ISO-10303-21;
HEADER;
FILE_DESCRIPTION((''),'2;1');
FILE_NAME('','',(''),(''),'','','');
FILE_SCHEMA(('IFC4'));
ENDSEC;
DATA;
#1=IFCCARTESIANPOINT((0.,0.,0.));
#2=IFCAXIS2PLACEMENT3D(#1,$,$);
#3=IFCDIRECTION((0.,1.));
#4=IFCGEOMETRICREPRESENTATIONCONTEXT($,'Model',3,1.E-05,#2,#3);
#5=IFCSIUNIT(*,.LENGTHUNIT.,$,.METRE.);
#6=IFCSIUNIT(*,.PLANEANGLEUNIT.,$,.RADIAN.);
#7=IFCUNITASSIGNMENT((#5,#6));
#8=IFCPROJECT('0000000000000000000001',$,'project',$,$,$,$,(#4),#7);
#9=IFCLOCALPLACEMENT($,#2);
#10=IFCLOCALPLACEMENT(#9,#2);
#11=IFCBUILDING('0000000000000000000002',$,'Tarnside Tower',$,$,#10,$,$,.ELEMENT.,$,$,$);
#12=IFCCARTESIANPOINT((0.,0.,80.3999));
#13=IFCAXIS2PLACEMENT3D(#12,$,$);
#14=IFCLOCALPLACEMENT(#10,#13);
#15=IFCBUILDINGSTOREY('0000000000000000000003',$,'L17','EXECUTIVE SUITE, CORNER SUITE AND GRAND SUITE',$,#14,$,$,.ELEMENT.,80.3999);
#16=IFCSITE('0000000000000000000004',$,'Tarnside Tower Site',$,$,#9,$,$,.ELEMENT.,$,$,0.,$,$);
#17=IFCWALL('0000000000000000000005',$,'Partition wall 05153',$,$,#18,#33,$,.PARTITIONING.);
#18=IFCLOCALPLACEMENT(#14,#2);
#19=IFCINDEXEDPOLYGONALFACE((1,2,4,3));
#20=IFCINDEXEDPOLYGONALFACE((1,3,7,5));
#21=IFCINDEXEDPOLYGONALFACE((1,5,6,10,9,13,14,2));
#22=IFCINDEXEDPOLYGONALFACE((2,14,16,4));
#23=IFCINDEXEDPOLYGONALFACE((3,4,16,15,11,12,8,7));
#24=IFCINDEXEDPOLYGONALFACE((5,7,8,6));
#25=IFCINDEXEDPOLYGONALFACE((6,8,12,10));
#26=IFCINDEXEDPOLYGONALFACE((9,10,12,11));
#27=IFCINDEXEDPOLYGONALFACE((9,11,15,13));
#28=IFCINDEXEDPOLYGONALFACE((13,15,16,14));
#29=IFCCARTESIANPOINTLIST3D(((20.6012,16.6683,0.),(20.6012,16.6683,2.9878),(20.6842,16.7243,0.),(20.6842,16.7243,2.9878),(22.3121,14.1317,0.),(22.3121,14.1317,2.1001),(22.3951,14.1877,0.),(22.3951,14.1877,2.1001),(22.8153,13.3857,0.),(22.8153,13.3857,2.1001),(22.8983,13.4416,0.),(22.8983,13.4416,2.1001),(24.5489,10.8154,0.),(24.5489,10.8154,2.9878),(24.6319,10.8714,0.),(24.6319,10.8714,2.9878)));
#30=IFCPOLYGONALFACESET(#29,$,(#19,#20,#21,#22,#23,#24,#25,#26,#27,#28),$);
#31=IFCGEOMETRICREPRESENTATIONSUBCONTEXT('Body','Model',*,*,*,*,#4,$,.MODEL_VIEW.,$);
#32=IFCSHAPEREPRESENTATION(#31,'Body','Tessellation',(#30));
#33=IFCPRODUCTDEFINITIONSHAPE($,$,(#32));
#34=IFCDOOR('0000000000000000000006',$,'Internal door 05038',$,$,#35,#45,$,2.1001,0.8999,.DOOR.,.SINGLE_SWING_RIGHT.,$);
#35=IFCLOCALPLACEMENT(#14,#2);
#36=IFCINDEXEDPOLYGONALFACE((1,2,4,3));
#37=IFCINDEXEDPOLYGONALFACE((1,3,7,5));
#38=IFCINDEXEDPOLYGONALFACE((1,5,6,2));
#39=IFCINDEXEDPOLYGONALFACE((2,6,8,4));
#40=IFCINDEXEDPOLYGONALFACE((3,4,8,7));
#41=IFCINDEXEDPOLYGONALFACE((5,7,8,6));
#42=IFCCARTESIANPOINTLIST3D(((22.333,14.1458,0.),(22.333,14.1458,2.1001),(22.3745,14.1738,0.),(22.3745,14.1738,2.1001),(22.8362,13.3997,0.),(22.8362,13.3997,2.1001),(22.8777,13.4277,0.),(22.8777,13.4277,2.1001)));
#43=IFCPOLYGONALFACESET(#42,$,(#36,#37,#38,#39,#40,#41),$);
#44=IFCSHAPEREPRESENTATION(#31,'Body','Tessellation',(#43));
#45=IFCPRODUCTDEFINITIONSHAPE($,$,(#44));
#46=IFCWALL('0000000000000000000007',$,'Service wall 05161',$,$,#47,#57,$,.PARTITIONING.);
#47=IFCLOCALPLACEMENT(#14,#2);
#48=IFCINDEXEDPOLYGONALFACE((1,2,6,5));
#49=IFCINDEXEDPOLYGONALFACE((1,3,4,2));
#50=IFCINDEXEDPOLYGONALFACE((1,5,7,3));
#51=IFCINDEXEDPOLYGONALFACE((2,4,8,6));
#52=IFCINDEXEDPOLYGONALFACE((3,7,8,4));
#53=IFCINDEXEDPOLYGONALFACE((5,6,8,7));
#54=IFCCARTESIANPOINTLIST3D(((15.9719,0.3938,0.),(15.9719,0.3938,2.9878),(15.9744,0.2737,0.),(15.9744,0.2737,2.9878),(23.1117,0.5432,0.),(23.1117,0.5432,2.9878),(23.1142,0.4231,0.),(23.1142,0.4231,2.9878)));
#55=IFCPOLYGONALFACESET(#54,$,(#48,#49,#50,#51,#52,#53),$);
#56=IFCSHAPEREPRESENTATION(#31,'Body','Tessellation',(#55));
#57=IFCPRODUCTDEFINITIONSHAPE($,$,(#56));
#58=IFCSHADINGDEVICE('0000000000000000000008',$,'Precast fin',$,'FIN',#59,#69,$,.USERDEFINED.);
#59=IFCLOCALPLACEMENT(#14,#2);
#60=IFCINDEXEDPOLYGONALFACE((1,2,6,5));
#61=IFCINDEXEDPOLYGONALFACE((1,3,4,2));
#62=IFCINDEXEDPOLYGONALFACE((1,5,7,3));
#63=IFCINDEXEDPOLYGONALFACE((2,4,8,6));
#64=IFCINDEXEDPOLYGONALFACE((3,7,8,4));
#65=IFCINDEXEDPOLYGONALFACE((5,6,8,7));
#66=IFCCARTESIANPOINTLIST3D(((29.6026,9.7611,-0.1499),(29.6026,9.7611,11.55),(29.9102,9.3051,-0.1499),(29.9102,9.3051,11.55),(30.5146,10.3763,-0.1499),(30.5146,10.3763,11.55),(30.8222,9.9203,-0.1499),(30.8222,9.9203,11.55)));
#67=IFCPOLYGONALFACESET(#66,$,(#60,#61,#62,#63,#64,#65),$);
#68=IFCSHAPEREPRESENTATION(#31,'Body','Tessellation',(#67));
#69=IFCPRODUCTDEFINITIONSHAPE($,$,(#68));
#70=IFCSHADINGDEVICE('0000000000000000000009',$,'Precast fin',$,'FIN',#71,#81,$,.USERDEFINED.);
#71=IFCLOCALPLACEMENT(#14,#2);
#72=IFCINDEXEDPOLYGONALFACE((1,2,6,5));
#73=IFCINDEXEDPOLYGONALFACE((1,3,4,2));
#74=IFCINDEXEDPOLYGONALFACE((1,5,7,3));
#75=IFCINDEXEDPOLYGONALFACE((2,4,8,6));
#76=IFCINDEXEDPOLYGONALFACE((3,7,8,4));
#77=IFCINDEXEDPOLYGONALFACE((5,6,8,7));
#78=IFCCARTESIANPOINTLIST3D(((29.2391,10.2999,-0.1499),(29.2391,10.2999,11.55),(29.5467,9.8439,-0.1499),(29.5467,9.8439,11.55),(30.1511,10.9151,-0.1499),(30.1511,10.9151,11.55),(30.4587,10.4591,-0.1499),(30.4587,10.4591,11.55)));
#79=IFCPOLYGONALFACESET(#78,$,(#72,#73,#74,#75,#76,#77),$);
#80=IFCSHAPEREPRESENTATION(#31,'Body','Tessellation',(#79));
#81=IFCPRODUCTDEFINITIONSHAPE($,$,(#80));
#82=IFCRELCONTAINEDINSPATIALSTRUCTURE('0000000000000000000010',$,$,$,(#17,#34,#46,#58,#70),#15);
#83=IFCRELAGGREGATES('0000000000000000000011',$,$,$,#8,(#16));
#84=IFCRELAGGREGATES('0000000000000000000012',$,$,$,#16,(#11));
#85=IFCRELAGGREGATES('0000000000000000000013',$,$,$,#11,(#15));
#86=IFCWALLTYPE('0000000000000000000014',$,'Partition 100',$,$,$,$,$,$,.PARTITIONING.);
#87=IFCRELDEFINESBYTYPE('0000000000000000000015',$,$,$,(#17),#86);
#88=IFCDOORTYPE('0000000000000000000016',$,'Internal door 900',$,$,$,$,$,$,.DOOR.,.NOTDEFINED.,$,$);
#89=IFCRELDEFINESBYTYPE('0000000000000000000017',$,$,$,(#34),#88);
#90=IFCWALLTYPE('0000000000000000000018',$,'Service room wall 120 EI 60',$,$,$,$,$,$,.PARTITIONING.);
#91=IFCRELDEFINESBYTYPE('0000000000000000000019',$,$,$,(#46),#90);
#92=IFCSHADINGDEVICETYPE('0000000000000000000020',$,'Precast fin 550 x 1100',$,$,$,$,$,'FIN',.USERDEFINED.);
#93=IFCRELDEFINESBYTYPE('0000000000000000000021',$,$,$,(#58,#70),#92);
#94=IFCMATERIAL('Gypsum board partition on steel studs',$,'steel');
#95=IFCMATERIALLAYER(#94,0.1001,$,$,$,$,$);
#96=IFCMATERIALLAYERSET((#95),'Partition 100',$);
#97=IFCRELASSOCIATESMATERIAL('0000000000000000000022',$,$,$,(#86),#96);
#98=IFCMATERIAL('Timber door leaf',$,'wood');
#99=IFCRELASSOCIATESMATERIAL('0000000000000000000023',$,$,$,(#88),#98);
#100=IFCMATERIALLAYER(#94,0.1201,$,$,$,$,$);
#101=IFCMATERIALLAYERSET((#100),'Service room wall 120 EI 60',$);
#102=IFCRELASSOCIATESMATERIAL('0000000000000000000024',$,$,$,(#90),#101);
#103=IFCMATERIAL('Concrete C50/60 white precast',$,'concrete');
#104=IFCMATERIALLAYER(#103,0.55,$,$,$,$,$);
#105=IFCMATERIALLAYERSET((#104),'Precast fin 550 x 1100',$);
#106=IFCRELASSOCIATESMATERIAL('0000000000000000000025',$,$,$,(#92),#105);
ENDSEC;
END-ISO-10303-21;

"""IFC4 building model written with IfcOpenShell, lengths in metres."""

from ifc_helpers import new_model, si_unit, direction, frame, frame_2d, origin, place, context, subcontext, project, spatial, polyline, rectangle, outline, extrude, material, layer, layer_set, type_object, element, fill, save


model = new_model("IFC4")

# Units and contexts
model_context = context("Model", 3, precision=1e-05, world=origin(), true_north=direction((0.0, 1.0)))
body_context = subcontext(model_context, "Body", "Model", "MODEL_VIEW")
ifc_project = project(units=[si_unit("LENGTHUNIT", "METRE"), si_unit("PLANEANGLEUNIT", "RADIAN")], contexts=[model_context])

# Site, building, storey
site_placement = place(None, origin())
site = spatial("IfcSite", under=ifc_project, at=site_placement, Name="Tarnside Tower Site", CompositionType="ELEMENT", RefElevation=0.0)
building_placement = place(site_placement, origin())
building = spatial("IfcBuilding", under=site, at=building_placement, Name="Tarnside Tower", CompositionType="ELEMENT")
storey_placement = place(building_placement, frame((0.0, 0.0, 80.3999)))
storey = spatial("IfcBuildingStorey", under=building, at=storey_placement, Name="L17", Description="EXECUTIVE SUITE, CORNER SUITE AND GRAND SUITE", CompositionType="ELEMENT", Elevation=80.3999)

# Shared definitions
ifc_material_1 = material(Name="Gypsum board partition on steel studs", Category="steel")
ifc_material_2 = material(Name="Timber door leaf", Category="wood")

# Wall, opening, door
ifc_layer_1 = layer(ifc_material_1, 0.1001)
ifc_layer_set_1 = layer_set([ifc_layer_1], Name="Partition 100")
wall_type_1 = type_object("IfcWallType", Name="Partition 100", PredefinedType="PARTITIONING", material=ifc_layer_set_1)
wall_1_placement = place(storey_placement, frame((24.5903, 10.8435, 0.0), z_axis=(0.0, 0.0, 1.0), x_axis=(-0.559177, 0.829048, 0.0)))
wall_1 = element("IfcWall", 1, at=wall_1_placement, inside=storey, type_object=wall_type_1, Name="Partition wall 05153", PredefinedType="PARTITIONING", context=body_context, shape_type="SweptSolid", body=[
    extrude(rectangle(XDim=7.0598, YDim=0.1001, at=frame_2d((3.5298, 0.0))), origin(), (0.0, 0.0, 1.0), 2.9878),
])
opening_1_placement = place(wall_1_placement, frame((3.1001, 0.0, 0.0)))
opening_1 = element("IfcOpeningElement", 2, at=opening_1_placement, cuts=wall_1, PredefinedType="OPENING", context=body_context, shape_type="SweptSolid", body=[
    extrude(rectangle(XDim=0.8999, YDim=2.1001, at=frame_2d((0.45, 1.05))), frame((0.0, 0.0601, 0.0), z_axis=(0.0, -1.0, 0.0), x_axis=(1.0, 0.0, 0.0)), (0.0, 0.0, 1.0), 0.1201),
])
door_type_1 = type_object("IfcDoorType", Name="Internal door 900", OperationType="NOTDEFINED", PredefinedType="DOOR", material=ifc_material_2)
door_1_placement = place(opening_1_placement, origin())
door_1 = element("IfcDoor", 3, at=door_1_placement, inside=storey, type_object=door_type_1, Name="Internal door 05038", OperationType="SINGLE_SWING_RIGHT", OverallHeight=2.1001, OverallWidth=0.8999, PredefinedType="DOOR", context=body_context, shape_type="SweptSolid", body=[
    extrude(rectangle(XDim=0.8999, YDim=2.1001, at=frame_2d((0.45, 1.05))), frame((0.0, 0.0249, 0.0), z_axis=(0.0, -1.0, 0.0), x_axis=(1.0, 0.0, 0.0)), (0.0, 0.0, 1.0), 0.05),
])
fill(opening_1, door_1)

# Wall
ifc_layer_2 = layer(ifc_material_1, 0.1201)
ifc_layer_set_2 = layer_set([ifc_layer_2], Name="Service room wall 120 EI 60")
wall_type_2 = type_object("IfcWallType", Name="Service room wall 120 EI 60", PredefinedType="PARTITIONING", material=ifc_layer_set_2)
wall_2_placement = place(storey_placement, frame((23.113, 0.4832, 0.0), z_axis=(0.0, 0.0, 1.0), x_axis=(-0.999781, -0.020922, 0.0)))
element("IfcWall", 4, at=wall_2_placement, inside=storey, type_object=wall_type_2, Name="Service wall 05161", PredefinedType="PARTITIONING", context=body_context, shape_type="SweptSolid", body=[
    extrude(rectangle(XDim=7.1414, YDim=0.1201, at=frame_2d((3.5708, 0.0))), origin(), (0.0, 0.0, 1.0), 2.9878),
])

# Shading devices
ifc_material_3 = material(Name="Concrete C50/60 white precast", Category="concrete")
ifc_layer_3 = layer(ifc_material_3, 0.55)
ifc_layer_set_3 = layer_set([ifc_layer_3], Name="Precast fin 550 x 1100")
shading_device_type = type_object("IfcShadingDeviceType", Name="Precast fin 550 x 1100", ElementType="FIN", PredefinedType="USERDEFINED", material=ifc_layer_set_3)
for number, where, z_axis, x_axis, name in (
    (5, (29.7563, 9.5332, -0.1499), (0.559193, -0.829038, 0.0), (0.829038, 0.559193, 0.0), "Precast fin"),
    (6, (29.3928, 10.072, -0.1499), (0.559193, -0.829038, 0.0), (0.829038, 0.559193, 0.0), "Precast fin"),
):
    element("IfcShadingDevice", number, at=place(storey_placement, frame(where, z_axis=z_axis, x_axis=x_axis)), inside=storey, type_object=shading_device_type, Name=name, ObjectType="FIN", PredefinedType="USERDEFINED", context=body_context, shape_type="SweptSolid", body=[
        extrude(outline(polyline([(0.0, 0.0), (1.1001, 0.0), (1.1001, 11.7), (0.0, 11.7), (0.0, 0.0)])), frame((0.0, 0.0, -0.2749)), (0.0, 0.0, 1.0), 0.55),
    ])

save(model, "model.ifc")
